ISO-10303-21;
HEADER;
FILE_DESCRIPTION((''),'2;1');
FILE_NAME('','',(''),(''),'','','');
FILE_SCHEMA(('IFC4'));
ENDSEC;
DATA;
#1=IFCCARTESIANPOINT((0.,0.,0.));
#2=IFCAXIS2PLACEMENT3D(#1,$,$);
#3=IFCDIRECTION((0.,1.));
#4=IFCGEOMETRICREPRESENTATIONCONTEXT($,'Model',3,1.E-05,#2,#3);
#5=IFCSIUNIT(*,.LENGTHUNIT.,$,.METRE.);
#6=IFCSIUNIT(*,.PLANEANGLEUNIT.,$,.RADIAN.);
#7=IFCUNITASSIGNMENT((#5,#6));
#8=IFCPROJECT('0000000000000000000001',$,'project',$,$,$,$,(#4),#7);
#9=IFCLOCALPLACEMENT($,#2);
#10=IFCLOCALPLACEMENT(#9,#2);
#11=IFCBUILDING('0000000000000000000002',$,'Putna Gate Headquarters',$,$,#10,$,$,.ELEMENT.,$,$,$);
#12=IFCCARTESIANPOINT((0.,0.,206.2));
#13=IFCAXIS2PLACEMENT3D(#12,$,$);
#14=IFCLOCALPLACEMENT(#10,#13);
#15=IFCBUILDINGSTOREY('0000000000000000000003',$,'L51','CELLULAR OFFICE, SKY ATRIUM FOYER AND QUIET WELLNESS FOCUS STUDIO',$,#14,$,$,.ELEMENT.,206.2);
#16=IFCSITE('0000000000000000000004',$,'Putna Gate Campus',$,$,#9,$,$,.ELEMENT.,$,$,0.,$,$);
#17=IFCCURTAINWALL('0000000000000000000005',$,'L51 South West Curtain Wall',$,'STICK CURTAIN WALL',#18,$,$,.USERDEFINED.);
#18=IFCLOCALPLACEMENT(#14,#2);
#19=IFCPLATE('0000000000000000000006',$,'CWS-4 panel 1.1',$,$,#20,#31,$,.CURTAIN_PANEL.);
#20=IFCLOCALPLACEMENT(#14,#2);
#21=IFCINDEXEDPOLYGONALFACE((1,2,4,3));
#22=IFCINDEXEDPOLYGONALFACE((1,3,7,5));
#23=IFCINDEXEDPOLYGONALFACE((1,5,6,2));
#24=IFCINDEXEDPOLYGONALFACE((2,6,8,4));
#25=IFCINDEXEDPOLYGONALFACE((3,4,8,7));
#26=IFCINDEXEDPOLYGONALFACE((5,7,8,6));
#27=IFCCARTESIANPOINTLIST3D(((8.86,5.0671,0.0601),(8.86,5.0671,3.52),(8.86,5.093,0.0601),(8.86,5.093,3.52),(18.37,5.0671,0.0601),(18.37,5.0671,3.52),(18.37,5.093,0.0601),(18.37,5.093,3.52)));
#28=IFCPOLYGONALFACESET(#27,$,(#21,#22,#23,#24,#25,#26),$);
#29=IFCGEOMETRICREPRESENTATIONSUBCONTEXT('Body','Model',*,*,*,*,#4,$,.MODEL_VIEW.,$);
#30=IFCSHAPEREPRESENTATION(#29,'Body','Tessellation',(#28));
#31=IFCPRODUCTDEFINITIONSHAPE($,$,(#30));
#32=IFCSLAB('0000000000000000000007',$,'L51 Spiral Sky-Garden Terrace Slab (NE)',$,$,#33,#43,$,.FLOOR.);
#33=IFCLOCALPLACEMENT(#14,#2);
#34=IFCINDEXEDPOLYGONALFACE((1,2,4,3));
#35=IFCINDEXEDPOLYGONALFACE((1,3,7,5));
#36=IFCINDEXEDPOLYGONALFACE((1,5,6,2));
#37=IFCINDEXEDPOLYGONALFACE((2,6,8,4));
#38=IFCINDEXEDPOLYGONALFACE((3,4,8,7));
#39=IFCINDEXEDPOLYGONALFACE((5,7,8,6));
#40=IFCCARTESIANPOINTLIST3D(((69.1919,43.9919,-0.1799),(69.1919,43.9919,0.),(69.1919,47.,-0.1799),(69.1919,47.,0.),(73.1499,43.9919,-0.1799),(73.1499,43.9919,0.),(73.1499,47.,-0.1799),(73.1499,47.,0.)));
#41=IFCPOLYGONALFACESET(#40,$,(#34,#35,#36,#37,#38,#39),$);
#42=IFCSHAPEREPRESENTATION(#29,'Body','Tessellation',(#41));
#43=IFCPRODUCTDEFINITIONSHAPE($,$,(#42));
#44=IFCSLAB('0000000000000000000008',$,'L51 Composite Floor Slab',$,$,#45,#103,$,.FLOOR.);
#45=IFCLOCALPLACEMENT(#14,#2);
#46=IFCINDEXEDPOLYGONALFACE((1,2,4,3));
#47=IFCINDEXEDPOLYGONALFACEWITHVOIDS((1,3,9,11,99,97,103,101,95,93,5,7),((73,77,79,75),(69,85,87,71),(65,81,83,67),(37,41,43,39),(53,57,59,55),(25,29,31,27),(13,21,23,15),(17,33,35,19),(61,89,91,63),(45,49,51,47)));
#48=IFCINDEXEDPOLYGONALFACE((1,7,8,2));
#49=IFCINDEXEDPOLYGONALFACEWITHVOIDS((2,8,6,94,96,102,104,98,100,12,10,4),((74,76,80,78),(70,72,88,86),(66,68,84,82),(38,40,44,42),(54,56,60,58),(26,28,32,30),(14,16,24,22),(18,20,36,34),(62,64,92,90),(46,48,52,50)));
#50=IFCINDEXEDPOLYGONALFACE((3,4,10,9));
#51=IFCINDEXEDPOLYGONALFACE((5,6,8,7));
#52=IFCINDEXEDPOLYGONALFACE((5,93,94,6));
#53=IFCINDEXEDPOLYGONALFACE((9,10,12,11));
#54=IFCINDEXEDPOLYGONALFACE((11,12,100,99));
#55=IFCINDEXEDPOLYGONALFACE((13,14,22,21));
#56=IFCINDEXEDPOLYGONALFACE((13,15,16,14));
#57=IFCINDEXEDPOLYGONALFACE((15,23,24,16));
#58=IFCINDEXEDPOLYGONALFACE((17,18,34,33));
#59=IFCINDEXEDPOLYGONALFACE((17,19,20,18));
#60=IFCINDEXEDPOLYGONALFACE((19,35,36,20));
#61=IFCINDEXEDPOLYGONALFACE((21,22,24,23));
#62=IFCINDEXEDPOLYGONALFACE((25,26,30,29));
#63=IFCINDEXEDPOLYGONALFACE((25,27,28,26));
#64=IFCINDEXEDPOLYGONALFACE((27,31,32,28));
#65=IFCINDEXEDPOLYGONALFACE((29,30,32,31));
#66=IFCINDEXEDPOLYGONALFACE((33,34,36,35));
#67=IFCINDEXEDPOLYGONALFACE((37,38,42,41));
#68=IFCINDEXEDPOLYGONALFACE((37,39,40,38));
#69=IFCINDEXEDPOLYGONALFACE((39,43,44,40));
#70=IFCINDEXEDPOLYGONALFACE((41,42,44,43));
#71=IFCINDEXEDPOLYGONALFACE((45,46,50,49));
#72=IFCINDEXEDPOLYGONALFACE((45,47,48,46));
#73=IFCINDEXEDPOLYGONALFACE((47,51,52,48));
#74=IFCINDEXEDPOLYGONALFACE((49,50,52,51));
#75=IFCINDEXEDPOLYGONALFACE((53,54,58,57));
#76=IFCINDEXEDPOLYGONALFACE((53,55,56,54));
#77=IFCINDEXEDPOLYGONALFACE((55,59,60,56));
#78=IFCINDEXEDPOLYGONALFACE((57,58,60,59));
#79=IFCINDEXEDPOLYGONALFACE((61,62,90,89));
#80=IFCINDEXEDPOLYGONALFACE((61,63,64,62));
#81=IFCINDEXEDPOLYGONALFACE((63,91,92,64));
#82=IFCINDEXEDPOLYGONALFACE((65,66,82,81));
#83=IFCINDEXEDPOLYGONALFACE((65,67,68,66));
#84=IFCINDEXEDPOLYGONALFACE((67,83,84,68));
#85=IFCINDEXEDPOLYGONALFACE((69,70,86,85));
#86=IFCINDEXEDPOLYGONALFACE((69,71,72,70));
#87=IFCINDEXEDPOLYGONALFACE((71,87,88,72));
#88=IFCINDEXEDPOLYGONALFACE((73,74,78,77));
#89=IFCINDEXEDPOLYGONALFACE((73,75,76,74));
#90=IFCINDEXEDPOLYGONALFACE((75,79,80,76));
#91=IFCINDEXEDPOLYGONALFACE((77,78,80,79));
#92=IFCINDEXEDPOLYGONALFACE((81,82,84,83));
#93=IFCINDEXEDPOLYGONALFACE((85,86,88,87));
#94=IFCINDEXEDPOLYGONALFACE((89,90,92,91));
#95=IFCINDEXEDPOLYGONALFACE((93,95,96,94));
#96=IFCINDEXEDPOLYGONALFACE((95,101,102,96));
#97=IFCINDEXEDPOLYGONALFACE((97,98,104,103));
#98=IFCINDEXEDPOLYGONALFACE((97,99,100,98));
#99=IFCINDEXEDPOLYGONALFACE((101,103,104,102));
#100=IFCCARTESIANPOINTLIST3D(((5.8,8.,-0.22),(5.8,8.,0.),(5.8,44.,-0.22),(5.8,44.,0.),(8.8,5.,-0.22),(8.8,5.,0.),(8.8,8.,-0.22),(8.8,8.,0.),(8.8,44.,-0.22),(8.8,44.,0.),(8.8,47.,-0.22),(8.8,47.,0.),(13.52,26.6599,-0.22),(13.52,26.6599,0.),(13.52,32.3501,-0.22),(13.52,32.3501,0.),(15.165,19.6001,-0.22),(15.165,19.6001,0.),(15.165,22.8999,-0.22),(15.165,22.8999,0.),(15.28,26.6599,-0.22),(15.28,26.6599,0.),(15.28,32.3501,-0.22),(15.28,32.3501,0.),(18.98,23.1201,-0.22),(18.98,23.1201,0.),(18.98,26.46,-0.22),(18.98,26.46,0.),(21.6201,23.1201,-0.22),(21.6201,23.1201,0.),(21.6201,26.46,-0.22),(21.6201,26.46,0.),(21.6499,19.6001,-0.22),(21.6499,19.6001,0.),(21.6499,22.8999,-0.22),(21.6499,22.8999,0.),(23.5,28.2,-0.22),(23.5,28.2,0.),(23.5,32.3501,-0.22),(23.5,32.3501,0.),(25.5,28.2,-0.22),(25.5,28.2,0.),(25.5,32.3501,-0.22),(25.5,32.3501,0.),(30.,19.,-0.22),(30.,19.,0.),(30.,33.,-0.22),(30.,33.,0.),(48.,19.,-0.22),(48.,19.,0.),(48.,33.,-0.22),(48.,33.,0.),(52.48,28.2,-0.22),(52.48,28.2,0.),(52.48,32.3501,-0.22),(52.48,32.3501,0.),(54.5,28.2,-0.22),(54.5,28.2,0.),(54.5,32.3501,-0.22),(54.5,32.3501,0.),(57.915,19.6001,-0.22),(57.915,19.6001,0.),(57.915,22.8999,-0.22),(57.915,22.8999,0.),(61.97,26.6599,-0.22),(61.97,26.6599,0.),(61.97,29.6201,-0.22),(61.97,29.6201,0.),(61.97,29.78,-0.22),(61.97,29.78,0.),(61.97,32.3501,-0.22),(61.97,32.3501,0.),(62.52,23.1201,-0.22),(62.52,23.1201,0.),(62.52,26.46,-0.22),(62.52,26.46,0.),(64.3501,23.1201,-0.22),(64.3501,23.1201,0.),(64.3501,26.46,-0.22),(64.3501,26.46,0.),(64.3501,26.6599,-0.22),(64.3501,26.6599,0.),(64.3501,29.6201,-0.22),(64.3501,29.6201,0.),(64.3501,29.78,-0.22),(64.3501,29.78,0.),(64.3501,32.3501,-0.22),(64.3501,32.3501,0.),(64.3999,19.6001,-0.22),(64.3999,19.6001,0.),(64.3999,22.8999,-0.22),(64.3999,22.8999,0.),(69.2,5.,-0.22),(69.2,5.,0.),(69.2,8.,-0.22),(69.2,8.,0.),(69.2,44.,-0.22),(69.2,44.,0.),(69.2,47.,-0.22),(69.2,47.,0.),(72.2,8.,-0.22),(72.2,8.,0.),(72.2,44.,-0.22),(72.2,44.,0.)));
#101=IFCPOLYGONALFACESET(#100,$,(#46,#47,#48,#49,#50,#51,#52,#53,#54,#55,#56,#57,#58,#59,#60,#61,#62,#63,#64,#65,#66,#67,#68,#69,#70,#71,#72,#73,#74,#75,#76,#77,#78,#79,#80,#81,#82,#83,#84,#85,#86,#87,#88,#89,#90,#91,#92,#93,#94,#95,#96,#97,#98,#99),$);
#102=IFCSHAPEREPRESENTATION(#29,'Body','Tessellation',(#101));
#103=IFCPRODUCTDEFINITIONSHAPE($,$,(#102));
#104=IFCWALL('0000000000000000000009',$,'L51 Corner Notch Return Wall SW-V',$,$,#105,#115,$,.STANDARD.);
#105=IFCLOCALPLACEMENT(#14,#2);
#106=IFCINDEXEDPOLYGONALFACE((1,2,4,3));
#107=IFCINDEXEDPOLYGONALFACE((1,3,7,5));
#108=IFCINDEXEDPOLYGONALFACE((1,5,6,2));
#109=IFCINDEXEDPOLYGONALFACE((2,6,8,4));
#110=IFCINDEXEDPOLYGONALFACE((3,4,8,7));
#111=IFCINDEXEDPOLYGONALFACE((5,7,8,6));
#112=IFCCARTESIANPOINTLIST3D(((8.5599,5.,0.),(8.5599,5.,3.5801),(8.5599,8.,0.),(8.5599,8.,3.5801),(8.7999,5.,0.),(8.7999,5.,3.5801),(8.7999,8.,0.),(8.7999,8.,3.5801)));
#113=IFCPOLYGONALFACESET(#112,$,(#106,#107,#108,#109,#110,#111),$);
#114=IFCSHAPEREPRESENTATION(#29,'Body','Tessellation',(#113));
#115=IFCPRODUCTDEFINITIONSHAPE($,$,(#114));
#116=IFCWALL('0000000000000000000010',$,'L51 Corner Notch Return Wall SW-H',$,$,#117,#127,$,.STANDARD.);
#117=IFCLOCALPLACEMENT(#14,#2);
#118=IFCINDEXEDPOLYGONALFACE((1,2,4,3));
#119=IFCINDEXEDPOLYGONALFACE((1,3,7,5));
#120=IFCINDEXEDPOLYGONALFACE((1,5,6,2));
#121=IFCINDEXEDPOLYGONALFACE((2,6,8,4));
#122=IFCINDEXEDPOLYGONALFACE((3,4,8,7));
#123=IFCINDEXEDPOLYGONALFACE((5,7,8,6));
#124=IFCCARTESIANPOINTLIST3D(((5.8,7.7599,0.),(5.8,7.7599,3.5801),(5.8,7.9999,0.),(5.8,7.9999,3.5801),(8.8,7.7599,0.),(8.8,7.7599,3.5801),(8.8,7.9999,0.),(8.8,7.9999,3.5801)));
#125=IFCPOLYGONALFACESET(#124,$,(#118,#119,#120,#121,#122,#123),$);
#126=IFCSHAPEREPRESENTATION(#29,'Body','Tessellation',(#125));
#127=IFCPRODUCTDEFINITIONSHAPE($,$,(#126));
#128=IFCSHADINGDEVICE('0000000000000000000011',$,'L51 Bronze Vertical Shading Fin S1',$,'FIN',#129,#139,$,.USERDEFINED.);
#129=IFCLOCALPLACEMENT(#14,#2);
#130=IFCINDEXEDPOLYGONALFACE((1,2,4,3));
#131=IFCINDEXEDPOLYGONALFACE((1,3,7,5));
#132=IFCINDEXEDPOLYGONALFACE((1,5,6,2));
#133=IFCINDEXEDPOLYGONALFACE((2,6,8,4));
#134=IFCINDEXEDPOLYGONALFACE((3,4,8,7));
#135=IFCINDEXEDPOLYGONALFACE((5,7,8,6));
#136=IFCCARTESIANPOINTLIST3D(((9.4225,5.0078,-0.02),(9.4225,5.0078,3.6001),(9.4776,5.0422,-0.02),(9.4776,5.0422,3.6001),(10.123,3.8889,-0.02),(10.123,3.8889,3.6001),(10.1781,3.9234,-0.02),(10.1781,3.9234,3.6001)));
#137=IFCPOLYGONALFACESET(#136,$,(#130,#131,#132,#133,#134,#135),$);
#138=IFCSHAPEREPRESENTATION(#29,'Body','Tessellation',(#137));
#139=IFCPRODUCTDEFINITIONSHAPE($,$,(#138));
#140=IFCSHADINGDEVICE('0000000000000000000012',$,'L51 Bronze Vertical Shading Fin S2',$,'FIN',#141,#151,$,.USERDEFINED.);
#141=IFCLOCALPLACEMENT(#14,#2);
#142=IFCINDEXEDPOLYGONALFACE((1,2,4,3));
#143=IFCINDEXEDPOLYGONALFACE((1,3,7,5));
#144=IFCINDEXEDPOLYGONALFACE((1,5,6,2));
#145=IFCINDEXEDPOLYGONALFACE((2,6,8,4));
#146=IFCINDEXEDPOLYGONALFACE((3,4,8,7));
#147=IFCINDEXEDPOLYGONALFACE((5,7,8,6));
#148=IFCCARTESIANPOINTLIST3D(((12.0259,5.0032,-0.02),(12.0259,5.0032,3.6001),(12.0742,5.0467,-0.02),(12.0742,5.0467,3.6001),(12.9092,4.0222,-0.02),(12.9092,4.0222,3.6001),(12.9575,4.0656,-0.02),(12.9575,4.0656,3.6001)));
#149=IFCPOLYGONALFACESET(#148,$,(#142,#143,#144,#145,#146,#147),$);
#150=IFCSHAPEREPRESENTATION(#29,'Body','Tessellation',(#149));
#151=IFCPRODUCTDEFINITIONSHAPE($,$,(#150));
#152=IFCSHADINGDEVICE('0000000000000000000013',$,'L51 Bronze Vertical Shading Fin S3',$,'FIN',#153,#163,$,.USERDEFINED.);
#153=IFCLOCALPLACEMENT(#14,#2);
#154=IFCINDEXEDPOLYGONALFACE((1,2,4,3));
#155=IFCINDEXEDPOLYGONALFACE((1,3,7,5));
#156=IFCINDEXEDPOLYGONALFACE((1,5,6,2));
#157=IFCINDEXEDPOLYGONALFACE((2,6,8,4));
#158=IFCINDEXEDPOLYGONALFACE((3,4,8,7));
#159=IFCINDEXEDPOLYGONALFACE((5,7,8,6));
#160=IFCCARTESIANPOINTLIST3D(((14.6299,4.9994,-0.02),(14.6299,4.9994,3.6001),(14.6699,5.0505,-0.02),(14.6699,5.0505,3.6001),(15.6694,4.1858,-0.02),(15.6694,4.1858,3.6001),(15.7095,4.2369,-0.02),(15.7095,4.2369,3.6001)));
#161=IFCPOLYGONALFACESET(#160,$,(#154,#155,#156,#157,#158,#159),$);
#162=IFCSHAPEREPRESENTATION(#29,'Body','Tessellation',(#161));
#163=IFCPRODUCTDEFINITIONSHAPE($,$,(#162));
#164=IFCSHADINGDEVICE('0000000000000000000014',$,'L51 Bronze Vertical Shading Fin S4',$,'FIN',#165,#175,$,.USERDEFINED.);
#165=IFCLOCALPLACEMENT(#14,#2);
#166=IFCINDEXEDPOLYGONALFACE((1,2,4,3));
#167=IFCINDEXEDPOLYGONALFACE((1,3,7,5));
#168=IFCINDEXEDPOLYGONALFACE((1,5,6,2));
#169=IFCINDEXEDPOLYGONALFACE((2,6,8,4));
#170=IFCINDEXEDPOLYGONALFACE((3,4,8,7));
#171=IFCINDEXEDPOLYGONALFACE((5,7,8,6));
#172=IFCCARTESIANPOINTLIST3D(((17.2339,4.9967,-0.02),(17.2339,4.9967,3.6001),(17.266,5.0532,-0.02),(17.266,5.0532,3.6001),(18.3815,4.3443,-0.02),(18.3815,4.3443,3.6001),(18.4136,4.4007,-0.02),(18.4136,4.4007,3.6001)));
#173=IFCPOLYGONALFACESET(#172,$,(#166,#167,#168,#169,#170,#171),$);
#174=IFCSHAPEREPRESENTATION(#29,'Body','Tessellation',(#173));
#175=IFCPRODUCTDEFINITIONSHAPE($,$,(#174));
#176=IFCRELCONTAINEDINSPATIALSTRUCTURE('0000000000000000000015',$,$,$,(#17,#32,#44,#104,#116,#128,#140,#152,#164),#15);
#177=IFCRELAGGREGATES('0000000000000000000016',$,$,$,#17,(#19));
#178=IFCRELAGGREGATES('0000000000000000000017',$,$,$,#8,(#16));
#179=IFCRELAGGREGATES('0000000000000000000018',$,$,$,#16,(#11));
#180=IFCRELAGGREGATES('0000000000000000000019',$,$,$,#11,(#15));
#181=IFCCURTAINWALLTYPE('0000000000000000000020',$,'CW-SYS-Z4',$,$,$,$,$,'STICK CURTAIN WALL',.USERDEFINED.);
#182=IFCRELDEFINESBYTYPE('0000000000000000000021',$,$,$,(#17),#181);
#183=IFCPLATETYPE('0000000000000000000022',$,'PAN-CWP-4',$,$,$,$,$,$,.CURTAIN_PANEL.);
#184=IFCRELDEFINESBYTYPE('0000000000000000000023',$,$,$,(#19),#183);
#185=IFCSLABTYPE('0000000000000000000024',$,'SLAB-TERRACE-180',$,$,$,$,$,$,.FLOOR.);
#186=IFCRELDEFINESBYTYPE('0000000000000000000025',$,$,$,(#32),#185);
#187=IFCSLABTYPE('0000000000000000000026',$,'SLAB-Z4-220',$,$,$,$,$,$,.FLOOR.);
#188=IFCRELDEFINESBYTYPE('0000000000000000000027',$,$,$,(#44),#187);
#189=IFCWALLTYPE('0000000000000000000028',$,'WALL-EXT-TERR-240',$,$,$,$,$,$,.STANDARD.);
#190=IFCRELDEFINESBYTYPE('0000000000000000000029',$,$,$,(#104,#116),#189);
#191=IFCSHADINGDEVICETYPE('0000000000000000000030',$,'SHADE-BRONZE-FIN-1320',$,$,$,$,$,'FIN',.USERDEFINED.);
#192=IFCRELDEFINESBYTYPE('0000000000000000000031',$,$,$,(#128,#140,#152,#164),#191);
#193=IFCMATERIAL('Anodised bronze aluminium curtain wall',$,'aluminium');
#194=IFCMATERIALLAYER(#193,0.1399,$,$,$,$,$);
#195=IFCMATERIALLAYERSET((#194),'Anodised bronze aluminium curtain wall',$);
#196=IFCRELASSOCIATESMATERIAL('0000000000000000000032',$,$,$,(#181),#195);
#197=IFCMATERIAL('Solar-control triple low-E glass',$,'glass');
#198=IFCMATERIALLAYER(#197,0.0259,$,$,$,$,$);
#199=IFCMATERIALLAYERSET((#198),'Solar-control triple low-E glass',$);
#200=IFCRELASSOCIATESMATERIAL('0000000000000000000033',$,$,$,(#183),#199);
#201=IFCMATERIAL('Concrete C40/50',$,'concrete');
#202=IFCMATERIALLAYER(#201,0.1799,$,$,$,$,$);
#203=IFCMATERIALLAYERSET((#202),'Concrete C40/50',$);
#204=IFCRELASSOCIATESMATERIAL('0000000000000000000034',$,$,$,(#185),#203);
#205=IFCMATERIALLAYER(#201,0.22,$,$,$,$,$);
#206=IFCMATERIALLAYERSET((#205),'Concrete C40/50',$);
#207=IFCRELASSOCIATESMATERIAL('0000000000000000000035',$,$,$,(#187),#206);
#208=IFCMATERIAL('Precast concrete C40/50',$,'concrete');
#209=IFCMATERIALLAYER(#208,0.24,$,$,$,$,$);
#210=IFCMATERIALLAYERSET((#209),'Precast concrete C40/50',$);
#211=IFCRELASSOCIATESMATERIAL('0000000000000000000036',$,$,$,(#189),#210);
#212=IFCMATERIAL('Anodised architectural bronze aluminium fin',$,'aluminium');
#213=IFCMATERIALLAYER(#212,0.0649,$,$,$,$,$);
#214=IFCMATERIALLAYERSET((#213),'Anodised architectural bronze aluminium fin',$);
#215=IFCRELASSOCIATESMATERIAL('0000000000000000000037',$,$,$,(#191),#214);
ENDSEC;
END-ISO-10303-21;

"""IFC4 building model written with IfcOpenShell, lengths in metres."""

from ifc_helpers import new_model, si_unit, direction, frame, frame_2d, origin, origin_2d, place, context, subcontext, project, spatial, polyline, rectangle, outline, extrude, material, layer, layer_set, type_object, element, aggregate, save


model = new_model("IFC4")

# Units and contexts
model_context = context("Model", 3, precision=1e-05, world=origin(), true_north=direction((0.0, 1.0)))
body_context = subcontext(model_context, "Body", "Model", "MODEL_VIEW")
ifc_project = project(units=[si_unit("LENGTHUNIT", "METRE"), si_unit("PLANEANGLEUNIT", "RADIAN")], contexts=[model_context])

# Site, building, storey
site_placement = place(None, origin())
site = spatial("IfcSite", under=ifc_project, at=site_placement, Name="Putna Gate Campus", CompositionType="ELEMENT", RefElevation=0.0)
building_placement = place(site_placement, origin())
building = spatial("IfcBuilding", under=site, at=building_placement, Name="Putna Gate Headquarters", CompositionType="ELEMENT")
storey_placement = place(building_placement, frame((0.0, 0.0, 206.2)))
storey = spatial("IfcBuildingStorey", under=building, at=storey_placement, Name="L51", Description="CELLULAR OFFICE, SKY ATRIUM FOYER AND QUIET WELLNESS FOCUS STUDIO", CompositionType="ELEMENT", Elevation=206.2)

# Curtain wall
ifc_material_1 = material(Name="Anodised bronze aluminium curtain wall", Category="aluminium")
ifc_layer_1 = layer(ifc_material_1, 0.1399)
ifc_layer_set_1 = layer_set([ifc_layer_1], Name="Anodised bronze aluminium curtain wall")
curtain_wall_type = type_object("IfcCurtainWallType", Name="CW-SYS-Z4", ElementType="STICK CURTAIN WALL", PredefinedType="USERDEFINED", material=ifc_layer_set_1)
curtain_wall_1_placement = place(storey_placement, origin())
curtain_wall_1 = element("IfcCurtainWall", 1, at=curtain_wall_1_placement, inside=storey, type_object=curtain_wall_type, Name="L51 South West Curtain Wall", ObjectType="STICK CURTAIN WALL", PredefinedType="USERDEFINED")

# Shared definitions
ifc_material_2 = material(Name="Concrete C40/50", Category="concrete")

# Plate
ifc_material_3 = material(Name="Solar-control triple low-E glass", Category="glass")
ifc_layer_2 = layer(ifc_material_3, 0.0259)
ifc_layer_set_2 = layer_set([ifc_layer_2], Name="Solar-control triple low-E glass")
plate_type = type_object("IfcPlateType", Name="PAN-CWP-4", PredefinedType="CURTAIN_PANEL", material=ifc_layer_set_2)
plate_placement = place(storey_placement, frame((13.615, 5.0801, 0.0601), z_axis=(0.0, 0.0, 1.0), x_axis=(1.0, 0.0, 0.0)))
plate = element("IfcPlate", 2, at=plate_placement, type_object=plate_type, Name="CWS-4 panel 1.1", PredefinedType="CURTAIN_PANEL", context=body_context, shape_type="SweptSolid", body=[
    extrude(rectangle(XDim=9.51, YDim=0.0259, at=origin_2d()), origin(), (0.0, 0.0, 1.0), 3.46),
])
aggregate(curtain_wall_1, [plate])

# Slabs
ifc_layer_3 = layer(ifc_material_2, 0.1799)
ifc_layer_set_3 = layer_set([ifc_layer_3], Name="Concrete C40/50")
slab_type_1 = type_object("IfcSlabType", Name="SLAB-TERRACE-180", PredefinedType="FLOOR", material=ifc_layer_set_3)
slab_1_placement = place(storey_placement, frame((0.0, 0.0, -0.1799)))
element("IfcSlab", 3, at=slab_1_placement, inside=storey, type_object=slab_type_1, Name="L51 Spiral Sky-Garden Terrace Slab (NE)", PredefinedType="FLOOR", context=body_context, shape_type="SweptSolid", body=[
    extrude(outline(polyline([(69.1919, 43.9919), (73.1499, 43.9919), (73.1499, 47.0), (69.1919, 47.0), (69.1919, 43.9919)])), origin(), (0.0, 0.0, 1.0), 0.1799),
])
ifc_layer_4 = layer(ifc_material_2, 0.22)
ifc_layer_set_4 = layer_set([ifc_layer_4], Name="Concrete C40/50")
slab_type_2 = type_object("IfcSlabType", Name="SLAB-Z4-220", PredefinedType="FLOOR", material=ifc_layer_set_4)
slab_2_placement = place(storey_placement, frame((0.0, 0.0, -0.22)))
element("IfcSlab", 4, at=slab_2_placement, inside=storey, type_object=slab_type_2, Name="L51 Composite Floor Slab", PredefinedType="FLOOR", context=body_context, shape_type="SweptSolid", body=[
    extrude(outline(polyline([(8.8, 5.0), (69.2, 5.0), (69.2, 8.0), (72.2, 8.0), (72.2, 44.0), (69.2, 44.0), (69.2, 47.0), (8.8, 47.0), (8.8, 44.0), (5.8, 44.0), (5.8, 8.0), (8.8, 8.0), (8.8, 5.0)]), holes=[polyline([(15.165, 19.6001), (21.6499, 19.6001), (21.6499, 22.8999), (15.165, 22.8999), (15.165, 19.6001)]), polyline([(57.915, 19.6001), (64.3999, 19.6001), (64.3999, 22.8999), (57.915, 22.8999), (57.915, 19.6001)]), polyline([(13.52, 26.6599), (15.28, 26.6599), (15.28, 32.3501), (13.52, 32.3501), (13.52, 26.6599)]), polyline([(61.97, 29.78), (64.3501, 29.78), (64.3501, 32.3501), (61.97, 32.3501), (61.97, 29.78)]), polyline([(18.98, 23.1201), (21.6201, 23.1201), (21.6201, 26.46), (18.98, 26.46), (18.98, 23.1201)]), polyline([(62.52, 23.1201), (64.3501, 23.1201), (64.3501, 26.46), (62.52, 26.46), (62.52, 23.1201)]), polyline([(61.97, 26.6599), (64.3501, 26.6599), (64.3501, 29.6201), (61.97, 29.6201), (61.97, 26.6599)]), polyline([(23.5, 28.2), (25.5, 28.2), (25.5, 32.3501), (23.5, 32.3501), (23.5, 28.2)]), polyline([(52.48, 28.2), (54.5, 28.2), (54.5, 32.3501), (52.48, 32.3501), (52.48, 28.2)]), polyline([(30.0, 19.0), (48.0, 19.0), (48.0, 33.0), (30.0, 33.0), (30.0, 19.0)])]), origin(), (0.0, 0.0, 1.0), 0.22),
])

# Walls
ifc_material_4 = material(Name="Precast concrete C40/50", Category="concrete")
ifc_layer_5 = layer(ifc_material_4, 0.24)
ifc_layer_set_5 = layer_set([ifc_layer_5], Name="Precast concrete C40/50")
wall_type = type_object("IfcWallType", Name="WALL-EXT-TERR-240", PredefinedType="STANDARD", material=ifc_layer_set_5)
for number, where, z_axis, x_axis, name in (
    (5, (8.6799, 5.0, 0.0), (0.0, 0.0, 1.0), (0.0, 1.0, 0.0), "L51 Corner Notch Return Wall SW-V"),
    (6, (8.8, 7.8799, 0.0), (0.0, 0.0, 1.0), (-1.0, 0.0, 0.0), "L51 Corner Notch Return Wall SW-H"),
):
    element("IfcWall", number, at=place(storey_placement, frame(where, z_axis=z_axis, x_axis=x_axis)), inside=storey, type_object=wall_type, Name=name, PredefinedType="STANDARD", context=body_context, shape_type="SweptSolid", body=[
        extrude(rectangle(XDim=3.0, YDim=0.24, at=frame_2d((1.5, 0.0))), origin(), (0.0, 0.0, 1.0), 3.5801),
    ])

# Shading devices
ifc_material_5 = material(Name="Anodised architectural bronze aluminium fin", Category="aluminium")
ifc_layer_6 = layer(ifc_material_5, 0.0649)
ifc_layer_set_6 = layer_set([ifc_layer_6], Name="Anodised architectural bronze aluminium fin")
shading_device_type = type_object("IfcShadingDeviceType", Name="SHADE-BRONZE-FIN-1320", ElementType="FIN", PredefinedType="USERDEFINED", material=ifc_layer_set_6)
for number, where, z_axis, x_axis, name in (
    (7, (9.8003, 4.4656, -0.02), (0.0, 0.0, 1.0), (0.530659, -0.847585, 0.0), "L51 Bronze Vertical Shading Fin S1"),
    (8, (12.4917, 4.5344, -0.02), (0.0, 0.0, 1.0), (0.669131, -0.743145, 0.0), "L51 Bronze Vertical Shading Fin S2"),
    (9, (15.1697, 4.6182, -0.02), (0.0, 0.0, 1.0), (0.787473, -0.616349, 0.0), "L51 Bronze Vertical Shading Fin S3"),
    (10, (17.8237, 4.6987, -0.02), (0.0, 0.0, 1.0), (0.869322, -0.494245, 0.0), "L51 Bronze Vertical Shading Fin S4"),
):
    element("IfcShadingDevice", number, at=place(storey_placement, frame(where, z_axis=z_axis, x_axis=x_axis)), inside=storey, type_object=shading_device_type, Name=name, ObjectType="FIN", PredefinedType="USERDEFINED", context=body_context, shape_type="SweptSolid", body=[
        extrude(rectangle(XDim=1.3201, YDim=0.0649, at=origin_2d()), origin(), (0.0, 0.0, 1.0), 3.6201),
    ])

save(model, "model.ifc")
